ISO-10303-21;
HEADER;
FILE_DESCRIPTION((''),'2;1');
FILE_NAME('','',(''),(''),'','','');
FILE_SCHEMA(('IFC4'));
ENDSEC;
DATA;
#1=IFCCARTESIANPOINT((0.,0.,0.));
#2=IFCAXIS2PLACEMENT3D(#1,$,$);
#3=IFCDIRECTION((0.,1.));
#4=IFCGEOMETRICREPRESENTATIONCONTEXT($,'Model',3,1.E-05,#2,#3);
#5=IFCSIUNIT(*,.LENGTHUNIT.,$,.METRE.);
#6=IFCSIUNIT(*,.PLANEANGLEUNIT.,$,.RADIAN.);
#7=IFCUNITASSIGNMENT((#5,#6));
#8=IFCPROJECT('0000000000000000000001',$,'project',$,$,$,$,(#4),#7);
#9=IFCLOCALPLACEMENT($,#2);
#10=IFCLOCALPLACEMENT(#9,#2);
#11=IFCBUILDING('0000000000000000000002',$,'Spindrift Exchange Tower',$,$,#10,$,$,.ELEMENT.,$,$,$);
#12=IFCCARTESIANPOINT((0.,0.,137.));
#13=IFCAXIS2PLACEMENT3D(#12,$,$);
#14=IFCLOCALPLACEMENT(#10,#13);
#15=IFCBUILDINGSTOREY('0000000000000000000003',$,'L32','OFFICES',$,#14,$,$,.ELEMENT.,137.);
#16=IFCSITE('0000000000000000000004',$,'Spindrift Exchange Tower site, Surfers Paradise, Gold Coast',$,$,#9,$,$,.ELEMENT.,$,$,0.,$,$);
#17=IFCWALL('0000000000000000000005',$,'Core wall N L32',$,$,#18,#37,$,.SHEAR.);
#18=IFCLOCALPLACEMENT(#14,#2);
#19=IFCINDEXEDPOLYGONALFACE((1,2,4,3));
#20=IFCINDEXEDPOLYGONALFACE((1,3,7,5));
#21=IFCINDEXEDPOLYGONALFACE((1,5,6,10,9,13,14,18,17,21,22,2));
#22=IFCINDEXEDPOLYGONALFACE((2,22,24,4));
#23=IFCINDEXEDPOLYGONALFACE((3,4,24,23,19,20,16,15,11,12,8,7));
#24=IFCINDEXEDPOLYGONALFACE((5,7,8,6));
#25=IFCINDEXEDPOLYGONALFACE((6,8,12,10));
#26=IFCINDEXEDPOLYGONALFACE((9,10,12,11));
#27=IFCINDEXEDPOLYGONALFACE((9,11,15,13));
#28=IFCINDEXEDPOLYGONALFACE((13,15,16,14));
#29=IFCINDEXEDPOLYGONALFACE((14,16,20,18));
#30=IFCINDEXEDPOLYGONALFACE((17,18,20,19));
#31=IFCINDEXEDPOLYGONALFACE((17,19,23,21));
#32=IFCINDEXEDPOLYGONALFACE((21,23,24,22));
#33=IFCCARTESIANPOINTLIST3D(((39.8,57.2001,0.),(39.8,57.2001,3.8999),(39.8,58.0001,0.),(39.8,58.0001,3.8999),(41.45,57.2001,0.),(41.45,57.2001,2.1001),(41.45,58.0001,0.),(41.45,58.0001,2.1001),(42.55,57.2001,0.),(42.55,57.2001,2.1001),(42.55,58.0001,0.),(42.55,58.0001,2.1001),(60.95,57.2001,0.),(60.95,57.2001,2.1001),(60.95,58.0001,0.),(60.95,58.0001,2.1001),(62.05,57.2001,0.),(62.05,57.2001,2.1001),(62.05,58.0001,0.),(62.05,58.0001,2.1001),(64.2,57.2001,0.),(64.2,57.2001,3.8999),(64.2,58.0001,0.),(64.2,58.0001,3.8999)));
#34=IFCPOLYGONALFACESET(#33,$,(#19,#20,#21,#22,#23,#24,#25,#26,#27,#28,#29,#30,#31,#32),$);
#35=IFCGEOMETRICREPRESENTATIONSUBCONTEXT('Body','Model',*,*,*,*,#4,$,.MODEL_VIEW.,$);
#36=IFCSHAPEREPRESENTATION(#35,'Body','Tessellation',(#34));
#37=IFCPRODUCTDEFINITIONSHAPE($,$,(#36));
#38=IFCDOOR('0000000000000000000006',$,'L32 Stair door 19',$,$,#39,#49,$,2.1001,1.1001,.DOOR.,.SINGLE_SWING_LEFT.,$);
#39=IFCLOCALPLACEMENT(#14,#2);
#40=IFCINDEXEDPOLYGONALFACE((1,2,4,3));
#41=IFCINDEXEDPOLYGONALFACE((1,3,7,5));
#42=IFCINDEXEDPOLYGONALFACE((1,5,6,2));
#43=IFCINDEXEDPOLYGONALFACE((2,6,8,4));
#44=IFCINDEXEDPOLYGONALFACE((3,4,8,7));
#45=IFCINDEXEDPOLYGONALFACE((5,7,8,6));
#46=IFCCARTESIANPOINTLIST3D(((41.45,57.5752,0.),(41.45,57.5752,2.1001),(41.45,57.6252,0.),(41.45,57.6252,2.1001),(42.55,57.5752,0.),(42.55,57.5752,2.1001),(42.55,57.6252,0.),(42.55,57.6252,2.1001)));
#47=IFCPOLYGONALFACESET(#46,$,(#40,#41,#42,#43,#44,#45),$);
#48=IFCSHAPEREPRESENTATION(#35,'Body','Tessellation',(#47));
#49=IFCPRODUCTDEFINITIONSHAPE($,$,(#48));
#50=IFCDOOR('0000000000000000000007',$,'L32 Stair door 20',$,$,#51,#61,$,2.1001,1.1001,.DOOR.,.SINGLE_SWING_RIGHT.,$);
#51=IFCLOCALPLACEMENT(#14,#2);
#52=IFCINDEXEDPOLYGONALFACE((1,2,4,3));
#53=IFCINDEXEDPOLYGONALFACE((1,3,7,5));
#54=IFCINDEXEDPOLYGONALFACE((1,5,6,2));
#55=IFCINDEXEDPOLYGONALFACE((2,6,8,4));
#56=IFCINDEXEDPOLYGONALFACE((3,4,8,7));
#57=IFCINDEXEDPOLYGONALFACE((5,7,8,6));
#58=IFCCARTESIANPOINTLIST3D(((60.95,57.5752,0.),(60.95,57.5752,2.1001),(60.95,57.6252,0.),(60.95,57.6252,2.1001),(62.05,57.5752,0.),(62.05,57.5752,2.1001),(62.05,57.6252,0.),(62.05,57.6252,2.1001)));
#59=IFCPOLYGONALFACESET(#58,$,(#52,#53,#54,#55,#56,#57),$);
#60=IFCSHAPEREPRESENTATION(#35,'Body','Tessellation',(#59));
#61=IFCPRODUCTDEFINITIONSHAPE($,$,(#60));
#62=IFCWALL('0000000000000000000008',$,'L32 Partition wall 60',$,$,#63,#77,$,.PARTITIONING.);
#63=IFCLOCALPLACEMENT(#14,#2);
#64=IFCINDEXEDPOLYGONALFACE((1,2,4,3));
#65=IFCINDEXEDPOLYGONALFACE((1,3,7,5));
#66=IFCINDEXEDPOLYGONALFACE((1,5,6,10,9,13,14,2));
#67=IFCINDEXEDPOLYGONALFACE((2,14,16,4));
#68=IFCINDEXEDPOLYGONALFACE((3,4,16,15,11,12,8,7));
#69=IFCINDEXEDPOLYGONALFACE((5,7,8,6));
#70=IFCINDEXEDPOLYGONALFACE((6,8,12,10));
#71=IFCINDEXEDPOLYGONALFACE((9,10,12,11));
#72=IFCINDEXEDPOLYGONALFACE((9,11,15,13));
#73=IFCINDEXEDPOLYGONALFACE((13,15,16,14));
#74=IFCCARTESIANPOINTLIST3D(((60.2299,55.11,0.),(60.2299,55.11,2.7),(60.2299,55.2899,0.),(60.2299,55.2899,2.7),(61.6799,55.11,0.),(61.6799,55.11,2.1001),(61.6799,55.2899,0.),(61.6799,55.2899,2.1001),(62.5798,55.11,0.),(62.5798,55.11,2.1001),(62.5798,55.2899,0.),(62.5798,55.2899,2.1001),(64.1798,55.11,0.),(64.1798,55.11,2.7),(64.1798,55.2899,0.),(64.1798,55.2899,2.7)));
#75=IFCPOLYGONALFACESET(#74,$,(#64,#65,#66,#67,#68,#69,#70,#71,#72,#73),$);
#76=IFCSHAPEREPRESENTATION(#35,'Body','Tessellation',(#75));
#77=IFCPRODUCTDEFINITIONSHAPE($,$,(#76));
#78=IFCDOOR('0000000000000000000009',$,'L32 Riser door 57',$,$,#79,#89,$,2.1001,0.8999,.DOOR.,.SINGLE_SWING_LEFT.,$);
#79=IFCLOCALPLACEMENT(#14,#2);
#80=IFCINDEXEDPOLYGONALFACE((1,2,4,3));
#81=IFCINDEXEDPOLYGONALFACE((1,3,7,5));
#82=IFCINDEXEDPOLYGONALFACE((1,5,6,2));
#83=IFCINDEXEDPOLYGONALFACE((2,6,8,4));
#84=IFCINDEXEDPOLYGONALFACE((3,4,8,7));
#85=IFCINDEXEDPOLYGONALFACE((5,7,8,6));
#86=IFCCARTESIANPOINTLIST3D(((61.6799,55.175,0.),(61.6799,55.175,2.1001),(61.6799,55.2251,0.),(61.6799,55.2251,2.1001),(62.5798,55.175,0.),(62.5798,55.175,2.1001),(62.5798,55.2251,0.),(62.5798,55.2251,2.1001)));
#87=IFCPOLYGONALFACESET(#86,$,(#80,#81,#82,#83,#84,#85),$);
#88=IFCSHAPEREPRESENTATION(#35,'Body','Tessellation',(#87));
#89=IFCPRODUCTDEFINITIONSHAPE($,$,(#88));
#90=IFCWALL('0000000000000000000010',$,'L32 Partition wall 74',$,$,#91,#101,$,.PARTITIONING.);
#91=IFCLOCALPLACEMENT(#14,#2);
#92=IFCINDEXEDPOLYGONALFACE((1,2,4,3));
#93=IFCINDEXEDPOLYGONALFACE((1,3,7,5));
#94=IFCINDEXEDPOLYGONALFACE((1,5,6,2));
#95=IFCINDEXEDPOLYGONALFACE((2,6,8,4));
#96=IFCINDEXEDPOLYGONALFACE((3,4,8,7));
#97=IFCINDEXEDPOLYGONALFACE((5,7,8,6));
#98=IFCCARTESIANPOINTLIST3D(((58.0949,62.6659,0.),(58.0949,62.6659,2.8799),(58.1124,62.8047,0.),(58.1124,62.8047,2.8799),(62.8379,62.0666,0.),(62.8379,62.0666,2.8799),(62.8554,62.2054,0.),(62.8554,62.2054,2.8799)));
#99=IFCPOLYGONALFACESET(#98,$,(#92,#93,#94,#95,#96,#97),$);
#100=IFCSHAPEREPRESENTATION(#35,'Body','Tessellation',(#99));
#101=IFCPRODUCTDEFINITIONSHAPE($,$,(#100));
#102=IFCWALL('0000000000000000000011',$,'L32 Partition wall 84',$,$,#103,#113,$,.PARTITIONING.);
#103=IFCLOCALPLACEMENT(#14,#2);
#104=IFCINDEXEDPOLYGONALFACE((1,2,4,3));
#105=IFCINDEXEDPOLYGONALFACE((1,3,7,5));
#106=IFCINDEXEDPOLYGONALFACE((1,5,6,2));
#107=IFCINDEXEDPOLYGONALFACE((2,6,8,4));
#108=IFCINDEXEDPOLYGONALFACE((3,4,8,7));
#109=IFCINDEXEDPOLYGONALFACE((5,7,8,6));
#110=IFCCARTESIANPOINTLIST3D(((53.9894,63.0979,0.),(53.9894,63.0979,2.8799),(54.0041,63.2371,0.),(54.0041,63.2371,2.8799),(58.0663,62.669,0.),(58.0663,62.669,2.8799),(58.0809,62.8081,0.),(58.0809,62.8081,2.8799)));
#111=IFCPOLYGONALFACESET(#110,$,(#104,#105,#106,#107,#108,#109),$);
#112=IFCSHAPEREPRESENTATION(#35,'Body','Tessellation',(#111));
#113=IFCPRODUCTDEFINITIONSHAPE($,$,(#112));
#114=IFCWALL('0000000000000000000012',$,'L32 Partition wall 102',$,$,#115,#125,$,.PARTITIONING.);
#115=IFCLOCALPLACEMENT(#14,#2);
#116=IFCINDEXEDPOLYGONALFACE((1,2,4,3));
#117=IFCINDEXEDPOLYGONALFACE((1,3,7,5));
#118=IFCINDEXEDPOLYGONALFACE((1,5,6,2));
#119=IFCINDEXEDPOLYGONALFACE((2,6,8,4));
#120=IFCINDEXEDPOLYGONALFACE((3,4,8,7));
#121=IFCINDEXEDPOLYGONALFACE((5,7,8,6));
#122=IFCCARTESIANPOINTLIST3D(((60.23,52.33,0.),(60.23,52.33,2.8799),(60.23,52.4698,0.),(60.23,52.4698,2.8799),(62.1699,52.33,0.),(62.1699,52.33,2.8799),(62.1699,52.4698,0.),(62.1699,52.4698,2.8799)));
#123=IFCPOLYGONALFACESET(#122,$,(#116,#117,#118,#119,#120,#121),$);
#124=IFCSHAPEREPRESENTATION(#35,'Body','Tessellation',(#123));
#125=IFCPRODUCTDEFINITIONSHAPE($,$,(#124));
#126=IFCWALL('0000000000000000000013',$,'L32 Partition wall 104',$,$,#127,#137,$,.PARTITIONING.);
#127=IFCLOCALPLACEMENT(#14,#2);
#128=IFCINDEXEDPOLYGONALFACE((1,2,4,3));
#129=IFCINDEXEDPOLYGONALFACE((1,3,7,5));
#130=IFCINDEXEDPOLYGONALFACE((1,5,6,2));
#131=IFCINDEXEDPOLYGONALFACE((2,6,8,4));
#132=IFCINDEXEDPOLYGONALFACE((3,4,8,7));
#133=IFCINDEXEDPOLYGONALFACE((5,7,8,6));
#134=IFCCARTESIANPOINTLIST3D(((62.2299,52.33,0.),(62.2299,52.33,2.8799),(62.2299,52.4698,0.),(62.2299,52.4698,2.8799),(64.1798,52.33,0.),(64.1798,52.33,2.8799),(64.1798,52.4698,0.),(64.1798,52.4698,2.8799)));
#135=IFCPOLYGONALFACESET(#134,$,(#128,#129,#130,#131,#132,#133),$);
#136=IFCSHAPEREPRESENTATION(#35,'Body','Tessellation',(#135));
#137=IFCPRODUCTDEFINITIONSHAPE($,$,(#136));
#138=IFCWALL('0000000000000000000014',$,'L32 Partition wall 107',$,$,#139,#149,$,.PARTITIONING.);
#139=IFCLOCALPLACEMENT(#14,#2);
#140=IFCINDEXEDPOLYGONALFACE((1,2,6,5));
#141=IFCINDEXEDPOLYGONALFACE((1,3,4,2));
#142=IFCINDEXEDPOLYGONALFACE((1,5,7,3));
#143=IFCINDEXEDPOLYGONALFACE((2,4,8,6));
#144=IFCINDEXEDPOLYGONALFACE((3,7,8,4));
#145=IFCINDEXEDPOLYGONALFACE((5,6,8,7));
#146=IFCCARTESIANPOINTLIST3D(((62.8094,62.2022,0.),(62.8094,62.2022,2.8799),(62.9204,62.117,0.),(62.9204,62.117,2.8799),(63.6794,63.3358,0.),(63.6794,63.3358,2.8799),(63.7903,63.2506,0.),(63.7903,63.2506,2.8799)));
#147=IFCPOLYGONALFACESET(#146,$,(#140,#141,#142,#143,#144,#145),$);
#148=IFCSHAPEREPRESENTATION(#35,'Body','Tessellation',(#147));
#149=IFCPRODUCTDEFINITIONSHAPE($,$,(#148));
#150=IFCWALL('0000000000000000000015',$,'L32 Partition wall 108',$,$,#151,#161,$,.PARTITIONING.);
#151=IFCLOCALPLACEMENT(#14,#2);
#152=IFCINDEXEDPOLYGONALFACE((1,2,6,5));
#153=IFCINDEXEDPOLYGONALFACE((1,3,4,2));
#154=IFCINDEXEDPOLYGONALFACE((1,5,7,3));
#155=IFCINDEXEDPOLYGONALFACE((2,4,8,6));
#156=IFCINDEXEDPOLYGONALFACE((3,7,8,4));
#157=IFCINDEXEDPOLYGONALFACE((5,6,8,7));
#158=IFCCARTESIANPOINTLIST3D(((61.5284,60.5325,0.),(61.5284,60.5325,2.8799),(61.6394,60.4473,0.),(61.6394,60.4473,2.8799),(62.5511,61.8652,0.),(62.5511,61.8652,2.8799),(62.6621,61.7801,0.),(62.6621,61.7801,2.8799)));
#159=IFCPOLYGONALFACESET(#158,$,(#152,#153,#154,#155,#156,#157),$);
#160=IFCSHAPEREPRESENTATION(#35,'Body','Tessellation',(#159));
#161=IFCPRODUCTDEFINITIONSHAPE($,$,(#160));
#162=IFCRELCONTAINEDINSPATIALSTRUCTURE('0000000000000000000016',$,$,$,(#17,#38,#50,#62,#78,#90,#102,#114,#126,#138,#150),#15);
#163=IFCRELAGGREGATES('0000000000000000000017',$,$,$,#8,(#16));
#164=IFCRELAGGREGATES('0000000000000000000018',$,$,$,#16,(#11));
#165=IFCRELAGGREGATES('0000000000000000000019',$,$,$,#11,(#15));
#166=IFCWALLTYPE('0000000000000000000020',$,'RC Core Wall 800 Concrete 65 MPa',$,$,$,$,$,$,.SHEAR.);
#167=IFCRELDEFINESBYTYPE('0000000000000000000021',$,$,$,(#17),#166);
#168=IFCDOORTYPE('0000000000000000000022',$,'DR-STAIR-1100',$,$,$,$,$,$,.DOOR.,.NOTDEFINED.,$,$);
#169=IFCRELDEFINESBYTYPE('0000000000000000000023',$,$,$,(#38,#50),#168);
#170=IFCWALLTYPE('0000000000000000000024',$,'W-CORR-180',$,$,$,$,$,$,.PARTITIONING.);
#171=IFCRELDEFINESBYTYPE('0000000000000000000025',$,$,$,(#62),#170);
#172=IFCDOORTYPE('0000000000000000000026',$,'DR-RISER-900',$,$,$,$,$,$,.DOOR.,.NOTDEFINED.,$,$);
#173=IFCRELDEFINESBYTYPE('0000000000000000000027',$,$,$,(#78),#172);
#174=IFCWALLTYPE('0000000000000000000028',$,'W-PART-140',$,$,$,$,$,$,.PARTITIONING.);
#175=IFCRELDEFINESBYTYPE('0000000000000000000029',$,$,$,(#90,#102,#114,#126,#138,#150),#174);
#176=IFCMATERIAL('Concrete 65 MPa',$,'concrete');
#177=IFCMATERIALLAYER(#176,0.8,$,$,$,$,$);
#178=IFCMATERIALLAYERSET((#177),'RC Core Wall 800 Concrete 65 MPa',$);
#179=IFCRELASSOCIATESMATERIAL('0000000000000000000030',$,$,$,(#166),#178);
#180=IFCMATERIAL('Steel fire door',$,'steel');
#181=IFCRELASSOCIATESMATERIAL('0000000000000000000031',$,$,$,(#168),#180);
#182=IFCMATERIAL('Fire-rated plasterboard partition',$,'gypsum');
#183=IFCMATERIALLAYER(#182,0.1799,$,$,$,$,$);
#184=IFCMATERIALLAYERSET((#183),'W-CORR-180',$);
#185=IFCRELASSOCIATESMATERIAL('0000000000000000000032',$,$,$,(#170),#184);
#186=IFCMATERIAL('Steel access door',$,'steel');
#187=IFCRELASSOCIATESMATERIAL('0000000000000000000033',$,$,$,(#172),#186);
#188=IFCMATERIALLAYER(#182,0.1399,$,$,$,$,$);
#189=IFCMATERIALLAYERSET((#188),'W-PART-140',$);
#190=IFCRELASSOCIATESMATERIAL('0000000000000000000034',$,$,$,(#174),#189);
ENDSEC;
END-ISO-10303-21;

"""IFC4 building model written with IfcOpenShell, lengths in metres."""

from ifc_helpers import new_model, si_unit, direction, frame, frame_2d, origin, place, context, subcontext, project, spatial, rectangle, extrude, source, transform, mapped, material, layer, layer_set, type_object, element, fill, save


model = new_model("IFC4")

# Units and contexts
model_context = context("Model", 3, precision=1e-05, world=origin(), true_north=direction((0.0, 1.0)))
body_context = subcontext(model_context, "Body", "Model", "MODEL_VIEW")
ifc_project = project(units=[si_unit("LENGTHUNIT", "METRE"), si_unit("PLANEANGLEUNIT", "RADIAN")], contexts=[model_context])

# Site, building, storey
site_placement = place(None, origin())
site = spatial("IfcSite", under=ifc_project, at=site_placement, Name="Spindrift Exchange Tower site, Surfers Paradise, Gold Coast", CompositionType="ELEMENT", RefElevation=0.0)
building_placement = place(site_placement, origin())
building = spatial("IfcBuilding", under=site, at=building_placement, Name="Spindrift Exchange Tower", CompositionType="ELEMENT")
storey_placement = place(building_placement, frame((0.0, 0.0, 137.0)))
storey = spatial("IfcBuildingStorey", under=building, at=storey_placement, Name="L32", Description="OFFICES", CompositionType="ELEMENT", Elevation=137.0)

# Wall, openings, doors
ifc_material_1 = material(Name="Concrete 65 MPa", Category="concrete")
ifc_layer_1 = layer(ifc_material_1, 0.8)
ifc_layer_set_1 = layer_set([ifc_layer_1], Name="RC Core Wall 800 Concrete 65 MPa")
wall_type_1 = type_object("IfcWallType", Name="RC Core Wall 800 Concrete 65 MPa", PredefinedType="SHEAR", material=ifc_layer_set_1)
wall_1_placement = place(storey_placement, frame((64.2, 57.6001, 0.0), z_axis=(0.0, 0.0, 1.0), x_axis=(-1.0, 0.0, 0.0)))
wall_1 = element("IfcWall", 1, at=wall_1_placement, inside=storey, type_object=wall_type_1, Name="Core wall N L32", PredefinedType="SHEAR", context=body_context, shape_type="SweptSolid", body=[
    extrude(rectangle(XDim=24.3999, YDim=0.8, at=frame_2d((12.2, 0.0))), origin(), (0.0, 0.0, 1.0), 3.8999),
])
opening_1_placement = place(wall_1_placement, frame((21.6499, 0.0, 0.0)))
opening_1 = element("IfcOpeningElement", 2, at=opening_1_placement, cuts=wall_1, PredefinedType="OPENING", context=body_context, shape_type="SweptSolid", body=[
    extrude(rectangle(XDim=1.1001, YDim=2.1001, at=frame_2d((0.55, 1.05))), frame((0.0, 0.4099, 0.0), z_axis=(0.0, -1.0, 0.0), x_axis=(1.0, 0.0, 0.0)), (0.0, 0.0, 1.0), 0.8201),
])
opening_2_placement = place(wall_1_placement, frame((2.1499, 0.0, 0.0)))
opening_2 = element("IfcOpeningElement", 3, at=opening_2_placement, cuts=wall_1, PredefinedType="OPENING", context=body_context, shape_type="SweptSolid", body=[
    extrude(rectangle(XDim=1.1001, YDim=2.1001, at=frame_2d((0.55, 1.05))), frame((0.0, 0.4099, 0.0), z_axis=(0.0, -1.0, 0.0), x_axis=(1.0, 0.0, 0.0)), (0.0, 0.0, 1.0), 0.8201),
])
ifc_material_2 = material(Name="Steel fire door", Category="steel")
door_type_1 = type_object("IfcDoorType", Name="DR-STAIR-1100", OperationType="NOTDEFINED", PredefinedType="DOOR", material=ifc_material_2)
shared_shape_1 = source(origin(), body_context, "Body", "SweptSolid", [
    extrude(rectangle(XDim=1.1001, YDim=2.1001, at=frame_2d((0.55, 1.05))), frame((0.0, 0.0249, 0.0), z_axis=(0.0, -1.0, 0.0), x_axis=(1.0, 0.0, 0.0)), (0.0, 0.0, 1.0), 0.05),
])
door_1_placement = place(opening_1_placement, origin())
door_1 = element("IfcDoor", 4, at=door_1_placement, inside=storey, type_object=door_type_1, Name="L32 Stair door 19", OperationType="SINGLE_SWING_LEFT", OverallHeight=2.1001, OverallWidth=1.1001, PredefinedType="DOOR", context=body_context, shape_type="MappedRepresentation", body=[
    mapped(shared_shape_1, transform((0.0, 0.0, 0.0), scale=1.0)),
])
fill(opening_1, door_1)
door_2_placement = place(opening_2_placement, origin())
door_2 = element("IfcDoor", 5, at=door_2_placement, inside=storey, type_object=door_type_1, Name="L32 Stair door 20", OperationType="SINGLE_SWING_RIGHT", OverallHeight=2.1001, OverallWidth=1.1001, PredefinedType="DOOR", context=body_context, shape_type="MappedRepresentation", body=[
    mapped(shared_shape_1, transform((0.0, 0.0, 0.0), scale=1.0)),
])
fill(opening_2, door_2)

# Wall, opening, door
ifc_material_3 = material(Name="Fire-rated plasterboard partition", Category="gypsum")
ifc_layer_2 = layer(ifc_material_3, 0.1799)
ifc_layer_set_2 = layer_set([ifc_layer_2], Name="W-CORR-180")
wall_type_2 = type_object("IfcWallType", Name="W-CORR-180", PredefinedType="PARTITIONING", material=ifc_layer_set_2)
wall_2_placement = place(storey_placement, frame((64.1799, 55.2, 0.0), z_axis=(0.0, 0.0, 1.0), x_axis=(-1.0, 0.0, 0.0)))
wall_2 = element("IfcWall", 6, at=wall_2_placement, inside=storey, type_object=wall_type_2, Name="L32 Partition wall 60", PredefinedType="PARTITIONING", context=body_context, shape_type="SweptSolid", body=[
    extrude(rectangle(XDim=3.95, YDim=0.1799, at=frame_2d((1.9751, 0.0))), origin(), (0.0, 0.0, 1.0), 2.7),
])
opening_3_placement = place(wall_2_placement, frame((1.6001, 0.0, 0.0)))
opening_3 = element("IfcOpeningElement", 7, at=opening_3_placement, cuts=wall_2, PredefinedType="OPENING", context=body_context, shape_type="SweptSolid", body=[
    extrude(rectangle(XDim=0.8999, YDim=2.1001, at=frame_2d((0.45, 1.05))), frame((0.0, 0.0999, 0.0), z_axis=(0.0, -1.0, 0.0), x_axis=(1.0, 0.0, 0.0)), (0.0, 0.0, 1.0), 0.2),
])
ifc_material_4 = material(Name="Steel access door", Category="steel")
door_type_2 = type_object("IfcDoorType", Name="DR-RISER-900", OperationType="NOTDEFINED", PredefinedType="DOOR", material=ifc_material_4)
shared_shape_2 = source(origin(), body_context, "Body", "SweptSolid", [
    extrude(rectangle(XDim=0.8999, YDim=2.1001, at=frame_2d((0.45, 1.05))), frame((0.0, 0.0249, 0.0), z_axis=(0.0, -1.0, 0.0), x_axis=(1.0, 0.0, 0.0)), (0.0, 0.0, 1.0), 0.05),
])
door_3_placement = place(opening_3_placement, origin())
door_3 = element("IfcDoor", 8, at=door_3_placement, inside=storey, type_object=door_type_2, Name="L32 Riser door 57", OperationType="SINGLE_SWING_LEFT", OverallHeight=2.1001, OverallWidth=0.8999, PredefinedType="DOOR", context=body_context, shape_type="MappedRepresentation", body=[
    mapped(shared_shape_2, transform((0.0, 0.0, 0.0), scale=1.0)),
])
fill(opening_3, door_3)

# Walls
ifc_layer_3 = layer(ifc_material_3, 0.1399)
ifc_layer_set_3 = layer_set([ifc_layer_3], Name="W-PART-140")
wall_type_3 = type_object("IfcWallType", Name="W-PART-140", PredefinedType="PARTITIONING", material=ifc_layer_set_3)
wall_3_placement = place(storey_placement, frame((62.8467, 62.136, 0.0), z_axis=(0.0, 0.0, 1.0), x_axis=(-0.99211, 0.125367, 0.0)))
element("IfcWall", 9, at=wall_3_placement, inside=storey, type_object=wall_type_3, Name="L32 Partition wall 74", PredefinedType="PARTITIONING", context=body_context, shape_type="SweptSolid", body=[
    extrude(rectangle(XDim=4.7808, YDim=0.1399, at=frame_2d((2.3904, 0.0))), origin(), (0.0, 0.0, 1.0), 2.8799),
])
wall_4_placement = place(storey_placement, frame((58.0737, 62.7385, 0.0), z_axis=(0.0, 0.0, 1.0), x_axis=(-0.99451, 0.104638, 0.0)))
element("IfcWall", 10, at=wall_4_placement, inside=storey, type_object=wall_type_3, Name="L32 Partition wall 84", PredefinedType="PARTITIONING", context=body_context, shape_type="SweptSolid", body=[
    extrude(rectangle(XDim=4.0994, YDim=0.1399, at=frame_2d((2.0498, 0.0))), origin(), (0.0, 0.0, 1.0), 2.8799),
])
wall_5_placement = place(storey_placement, frame((62.1699, 52.3999, 0.0), z_axis=(0.0, 0.0, 1.0), x_axis=(-1.0, 0.0, 0.0)))
element("IfcWall", 11, at=wall_5_placement, inside=storey, type_object=wall_type_3, Name="L32 Partition wall 102", PredefinedType="PARTITIONING", context=body_context, shape_type="SweptSolid", body=[
    extrude(rectangle(XDim=1.9399, YDim=0.1399, at=frame_2d((0.97, 0.0))), origin(), (0.0, 0.0, 1.0), 2.8799),
])
wall_6_placement = place(storey_placement, frame((64.1799, 52.3999, 0.0), z_axis=(0.0, 0.0, 1.0), x_axis=(-1.0, 0.0, 0.0)))
element("IfcWall", 12, at=wall_6_placement, inside=storey, type_object=wall_type_3, Name="L32 Partition wall 104", PredefinedType="PARTITIONING", context=body_context, shape_type="SweptSolid", body=[
    extrude(rectangle(XDim=1.95, YDim=0.1399, at=frame_2d((0.9751, 0.0))), origin(), (0.0, 0.0, 1.0), 2.8799),
])
wall_7_placement = place(storey_placement, frame((62.865, 62.1597, 0.0), z_axis=(0.0, 0.0, 1.0), x_axis=(0.608794, 0.793329, 0.0)))
element("IfcWall", 13, at=wall_7_placement, inside=storey, type_object=wall_type_3, Name="L32 Partition wall 107", PredefinedType="PARTITIONING", context=body_context, shape_type="SweptSolid", body=[
    extrude(rectangle(XDim=1.429, YDim=0.1399, at=frame_2d((0.7144, 0.0))), origin(), (0.0, 0.0, 1.0), 2.8799),
])
wall_8_placement = place(storey_placement, frame((61.584, 60.49, 0.0), z_axis=(0.0, 0.0, 1.0), x_axis=(0.608776, 0.793342, 0.0)))
element("IfcWall", 14, at=wall_8_placement, inside=storey, type_object=wall_type_3, Name="L32 Partition wall 108", PredefinedType="PARTITIONING", context=body_context, shape_type="SweptSolid", body=[
    extrude(rectangle(XDim=1.6799, YDim=0.1399, at=frame_2d((0.8398, 0.0))), origin(), (0.0, 0.0, 1.0), 2.8799),
])

save(model, "model.ifc")
